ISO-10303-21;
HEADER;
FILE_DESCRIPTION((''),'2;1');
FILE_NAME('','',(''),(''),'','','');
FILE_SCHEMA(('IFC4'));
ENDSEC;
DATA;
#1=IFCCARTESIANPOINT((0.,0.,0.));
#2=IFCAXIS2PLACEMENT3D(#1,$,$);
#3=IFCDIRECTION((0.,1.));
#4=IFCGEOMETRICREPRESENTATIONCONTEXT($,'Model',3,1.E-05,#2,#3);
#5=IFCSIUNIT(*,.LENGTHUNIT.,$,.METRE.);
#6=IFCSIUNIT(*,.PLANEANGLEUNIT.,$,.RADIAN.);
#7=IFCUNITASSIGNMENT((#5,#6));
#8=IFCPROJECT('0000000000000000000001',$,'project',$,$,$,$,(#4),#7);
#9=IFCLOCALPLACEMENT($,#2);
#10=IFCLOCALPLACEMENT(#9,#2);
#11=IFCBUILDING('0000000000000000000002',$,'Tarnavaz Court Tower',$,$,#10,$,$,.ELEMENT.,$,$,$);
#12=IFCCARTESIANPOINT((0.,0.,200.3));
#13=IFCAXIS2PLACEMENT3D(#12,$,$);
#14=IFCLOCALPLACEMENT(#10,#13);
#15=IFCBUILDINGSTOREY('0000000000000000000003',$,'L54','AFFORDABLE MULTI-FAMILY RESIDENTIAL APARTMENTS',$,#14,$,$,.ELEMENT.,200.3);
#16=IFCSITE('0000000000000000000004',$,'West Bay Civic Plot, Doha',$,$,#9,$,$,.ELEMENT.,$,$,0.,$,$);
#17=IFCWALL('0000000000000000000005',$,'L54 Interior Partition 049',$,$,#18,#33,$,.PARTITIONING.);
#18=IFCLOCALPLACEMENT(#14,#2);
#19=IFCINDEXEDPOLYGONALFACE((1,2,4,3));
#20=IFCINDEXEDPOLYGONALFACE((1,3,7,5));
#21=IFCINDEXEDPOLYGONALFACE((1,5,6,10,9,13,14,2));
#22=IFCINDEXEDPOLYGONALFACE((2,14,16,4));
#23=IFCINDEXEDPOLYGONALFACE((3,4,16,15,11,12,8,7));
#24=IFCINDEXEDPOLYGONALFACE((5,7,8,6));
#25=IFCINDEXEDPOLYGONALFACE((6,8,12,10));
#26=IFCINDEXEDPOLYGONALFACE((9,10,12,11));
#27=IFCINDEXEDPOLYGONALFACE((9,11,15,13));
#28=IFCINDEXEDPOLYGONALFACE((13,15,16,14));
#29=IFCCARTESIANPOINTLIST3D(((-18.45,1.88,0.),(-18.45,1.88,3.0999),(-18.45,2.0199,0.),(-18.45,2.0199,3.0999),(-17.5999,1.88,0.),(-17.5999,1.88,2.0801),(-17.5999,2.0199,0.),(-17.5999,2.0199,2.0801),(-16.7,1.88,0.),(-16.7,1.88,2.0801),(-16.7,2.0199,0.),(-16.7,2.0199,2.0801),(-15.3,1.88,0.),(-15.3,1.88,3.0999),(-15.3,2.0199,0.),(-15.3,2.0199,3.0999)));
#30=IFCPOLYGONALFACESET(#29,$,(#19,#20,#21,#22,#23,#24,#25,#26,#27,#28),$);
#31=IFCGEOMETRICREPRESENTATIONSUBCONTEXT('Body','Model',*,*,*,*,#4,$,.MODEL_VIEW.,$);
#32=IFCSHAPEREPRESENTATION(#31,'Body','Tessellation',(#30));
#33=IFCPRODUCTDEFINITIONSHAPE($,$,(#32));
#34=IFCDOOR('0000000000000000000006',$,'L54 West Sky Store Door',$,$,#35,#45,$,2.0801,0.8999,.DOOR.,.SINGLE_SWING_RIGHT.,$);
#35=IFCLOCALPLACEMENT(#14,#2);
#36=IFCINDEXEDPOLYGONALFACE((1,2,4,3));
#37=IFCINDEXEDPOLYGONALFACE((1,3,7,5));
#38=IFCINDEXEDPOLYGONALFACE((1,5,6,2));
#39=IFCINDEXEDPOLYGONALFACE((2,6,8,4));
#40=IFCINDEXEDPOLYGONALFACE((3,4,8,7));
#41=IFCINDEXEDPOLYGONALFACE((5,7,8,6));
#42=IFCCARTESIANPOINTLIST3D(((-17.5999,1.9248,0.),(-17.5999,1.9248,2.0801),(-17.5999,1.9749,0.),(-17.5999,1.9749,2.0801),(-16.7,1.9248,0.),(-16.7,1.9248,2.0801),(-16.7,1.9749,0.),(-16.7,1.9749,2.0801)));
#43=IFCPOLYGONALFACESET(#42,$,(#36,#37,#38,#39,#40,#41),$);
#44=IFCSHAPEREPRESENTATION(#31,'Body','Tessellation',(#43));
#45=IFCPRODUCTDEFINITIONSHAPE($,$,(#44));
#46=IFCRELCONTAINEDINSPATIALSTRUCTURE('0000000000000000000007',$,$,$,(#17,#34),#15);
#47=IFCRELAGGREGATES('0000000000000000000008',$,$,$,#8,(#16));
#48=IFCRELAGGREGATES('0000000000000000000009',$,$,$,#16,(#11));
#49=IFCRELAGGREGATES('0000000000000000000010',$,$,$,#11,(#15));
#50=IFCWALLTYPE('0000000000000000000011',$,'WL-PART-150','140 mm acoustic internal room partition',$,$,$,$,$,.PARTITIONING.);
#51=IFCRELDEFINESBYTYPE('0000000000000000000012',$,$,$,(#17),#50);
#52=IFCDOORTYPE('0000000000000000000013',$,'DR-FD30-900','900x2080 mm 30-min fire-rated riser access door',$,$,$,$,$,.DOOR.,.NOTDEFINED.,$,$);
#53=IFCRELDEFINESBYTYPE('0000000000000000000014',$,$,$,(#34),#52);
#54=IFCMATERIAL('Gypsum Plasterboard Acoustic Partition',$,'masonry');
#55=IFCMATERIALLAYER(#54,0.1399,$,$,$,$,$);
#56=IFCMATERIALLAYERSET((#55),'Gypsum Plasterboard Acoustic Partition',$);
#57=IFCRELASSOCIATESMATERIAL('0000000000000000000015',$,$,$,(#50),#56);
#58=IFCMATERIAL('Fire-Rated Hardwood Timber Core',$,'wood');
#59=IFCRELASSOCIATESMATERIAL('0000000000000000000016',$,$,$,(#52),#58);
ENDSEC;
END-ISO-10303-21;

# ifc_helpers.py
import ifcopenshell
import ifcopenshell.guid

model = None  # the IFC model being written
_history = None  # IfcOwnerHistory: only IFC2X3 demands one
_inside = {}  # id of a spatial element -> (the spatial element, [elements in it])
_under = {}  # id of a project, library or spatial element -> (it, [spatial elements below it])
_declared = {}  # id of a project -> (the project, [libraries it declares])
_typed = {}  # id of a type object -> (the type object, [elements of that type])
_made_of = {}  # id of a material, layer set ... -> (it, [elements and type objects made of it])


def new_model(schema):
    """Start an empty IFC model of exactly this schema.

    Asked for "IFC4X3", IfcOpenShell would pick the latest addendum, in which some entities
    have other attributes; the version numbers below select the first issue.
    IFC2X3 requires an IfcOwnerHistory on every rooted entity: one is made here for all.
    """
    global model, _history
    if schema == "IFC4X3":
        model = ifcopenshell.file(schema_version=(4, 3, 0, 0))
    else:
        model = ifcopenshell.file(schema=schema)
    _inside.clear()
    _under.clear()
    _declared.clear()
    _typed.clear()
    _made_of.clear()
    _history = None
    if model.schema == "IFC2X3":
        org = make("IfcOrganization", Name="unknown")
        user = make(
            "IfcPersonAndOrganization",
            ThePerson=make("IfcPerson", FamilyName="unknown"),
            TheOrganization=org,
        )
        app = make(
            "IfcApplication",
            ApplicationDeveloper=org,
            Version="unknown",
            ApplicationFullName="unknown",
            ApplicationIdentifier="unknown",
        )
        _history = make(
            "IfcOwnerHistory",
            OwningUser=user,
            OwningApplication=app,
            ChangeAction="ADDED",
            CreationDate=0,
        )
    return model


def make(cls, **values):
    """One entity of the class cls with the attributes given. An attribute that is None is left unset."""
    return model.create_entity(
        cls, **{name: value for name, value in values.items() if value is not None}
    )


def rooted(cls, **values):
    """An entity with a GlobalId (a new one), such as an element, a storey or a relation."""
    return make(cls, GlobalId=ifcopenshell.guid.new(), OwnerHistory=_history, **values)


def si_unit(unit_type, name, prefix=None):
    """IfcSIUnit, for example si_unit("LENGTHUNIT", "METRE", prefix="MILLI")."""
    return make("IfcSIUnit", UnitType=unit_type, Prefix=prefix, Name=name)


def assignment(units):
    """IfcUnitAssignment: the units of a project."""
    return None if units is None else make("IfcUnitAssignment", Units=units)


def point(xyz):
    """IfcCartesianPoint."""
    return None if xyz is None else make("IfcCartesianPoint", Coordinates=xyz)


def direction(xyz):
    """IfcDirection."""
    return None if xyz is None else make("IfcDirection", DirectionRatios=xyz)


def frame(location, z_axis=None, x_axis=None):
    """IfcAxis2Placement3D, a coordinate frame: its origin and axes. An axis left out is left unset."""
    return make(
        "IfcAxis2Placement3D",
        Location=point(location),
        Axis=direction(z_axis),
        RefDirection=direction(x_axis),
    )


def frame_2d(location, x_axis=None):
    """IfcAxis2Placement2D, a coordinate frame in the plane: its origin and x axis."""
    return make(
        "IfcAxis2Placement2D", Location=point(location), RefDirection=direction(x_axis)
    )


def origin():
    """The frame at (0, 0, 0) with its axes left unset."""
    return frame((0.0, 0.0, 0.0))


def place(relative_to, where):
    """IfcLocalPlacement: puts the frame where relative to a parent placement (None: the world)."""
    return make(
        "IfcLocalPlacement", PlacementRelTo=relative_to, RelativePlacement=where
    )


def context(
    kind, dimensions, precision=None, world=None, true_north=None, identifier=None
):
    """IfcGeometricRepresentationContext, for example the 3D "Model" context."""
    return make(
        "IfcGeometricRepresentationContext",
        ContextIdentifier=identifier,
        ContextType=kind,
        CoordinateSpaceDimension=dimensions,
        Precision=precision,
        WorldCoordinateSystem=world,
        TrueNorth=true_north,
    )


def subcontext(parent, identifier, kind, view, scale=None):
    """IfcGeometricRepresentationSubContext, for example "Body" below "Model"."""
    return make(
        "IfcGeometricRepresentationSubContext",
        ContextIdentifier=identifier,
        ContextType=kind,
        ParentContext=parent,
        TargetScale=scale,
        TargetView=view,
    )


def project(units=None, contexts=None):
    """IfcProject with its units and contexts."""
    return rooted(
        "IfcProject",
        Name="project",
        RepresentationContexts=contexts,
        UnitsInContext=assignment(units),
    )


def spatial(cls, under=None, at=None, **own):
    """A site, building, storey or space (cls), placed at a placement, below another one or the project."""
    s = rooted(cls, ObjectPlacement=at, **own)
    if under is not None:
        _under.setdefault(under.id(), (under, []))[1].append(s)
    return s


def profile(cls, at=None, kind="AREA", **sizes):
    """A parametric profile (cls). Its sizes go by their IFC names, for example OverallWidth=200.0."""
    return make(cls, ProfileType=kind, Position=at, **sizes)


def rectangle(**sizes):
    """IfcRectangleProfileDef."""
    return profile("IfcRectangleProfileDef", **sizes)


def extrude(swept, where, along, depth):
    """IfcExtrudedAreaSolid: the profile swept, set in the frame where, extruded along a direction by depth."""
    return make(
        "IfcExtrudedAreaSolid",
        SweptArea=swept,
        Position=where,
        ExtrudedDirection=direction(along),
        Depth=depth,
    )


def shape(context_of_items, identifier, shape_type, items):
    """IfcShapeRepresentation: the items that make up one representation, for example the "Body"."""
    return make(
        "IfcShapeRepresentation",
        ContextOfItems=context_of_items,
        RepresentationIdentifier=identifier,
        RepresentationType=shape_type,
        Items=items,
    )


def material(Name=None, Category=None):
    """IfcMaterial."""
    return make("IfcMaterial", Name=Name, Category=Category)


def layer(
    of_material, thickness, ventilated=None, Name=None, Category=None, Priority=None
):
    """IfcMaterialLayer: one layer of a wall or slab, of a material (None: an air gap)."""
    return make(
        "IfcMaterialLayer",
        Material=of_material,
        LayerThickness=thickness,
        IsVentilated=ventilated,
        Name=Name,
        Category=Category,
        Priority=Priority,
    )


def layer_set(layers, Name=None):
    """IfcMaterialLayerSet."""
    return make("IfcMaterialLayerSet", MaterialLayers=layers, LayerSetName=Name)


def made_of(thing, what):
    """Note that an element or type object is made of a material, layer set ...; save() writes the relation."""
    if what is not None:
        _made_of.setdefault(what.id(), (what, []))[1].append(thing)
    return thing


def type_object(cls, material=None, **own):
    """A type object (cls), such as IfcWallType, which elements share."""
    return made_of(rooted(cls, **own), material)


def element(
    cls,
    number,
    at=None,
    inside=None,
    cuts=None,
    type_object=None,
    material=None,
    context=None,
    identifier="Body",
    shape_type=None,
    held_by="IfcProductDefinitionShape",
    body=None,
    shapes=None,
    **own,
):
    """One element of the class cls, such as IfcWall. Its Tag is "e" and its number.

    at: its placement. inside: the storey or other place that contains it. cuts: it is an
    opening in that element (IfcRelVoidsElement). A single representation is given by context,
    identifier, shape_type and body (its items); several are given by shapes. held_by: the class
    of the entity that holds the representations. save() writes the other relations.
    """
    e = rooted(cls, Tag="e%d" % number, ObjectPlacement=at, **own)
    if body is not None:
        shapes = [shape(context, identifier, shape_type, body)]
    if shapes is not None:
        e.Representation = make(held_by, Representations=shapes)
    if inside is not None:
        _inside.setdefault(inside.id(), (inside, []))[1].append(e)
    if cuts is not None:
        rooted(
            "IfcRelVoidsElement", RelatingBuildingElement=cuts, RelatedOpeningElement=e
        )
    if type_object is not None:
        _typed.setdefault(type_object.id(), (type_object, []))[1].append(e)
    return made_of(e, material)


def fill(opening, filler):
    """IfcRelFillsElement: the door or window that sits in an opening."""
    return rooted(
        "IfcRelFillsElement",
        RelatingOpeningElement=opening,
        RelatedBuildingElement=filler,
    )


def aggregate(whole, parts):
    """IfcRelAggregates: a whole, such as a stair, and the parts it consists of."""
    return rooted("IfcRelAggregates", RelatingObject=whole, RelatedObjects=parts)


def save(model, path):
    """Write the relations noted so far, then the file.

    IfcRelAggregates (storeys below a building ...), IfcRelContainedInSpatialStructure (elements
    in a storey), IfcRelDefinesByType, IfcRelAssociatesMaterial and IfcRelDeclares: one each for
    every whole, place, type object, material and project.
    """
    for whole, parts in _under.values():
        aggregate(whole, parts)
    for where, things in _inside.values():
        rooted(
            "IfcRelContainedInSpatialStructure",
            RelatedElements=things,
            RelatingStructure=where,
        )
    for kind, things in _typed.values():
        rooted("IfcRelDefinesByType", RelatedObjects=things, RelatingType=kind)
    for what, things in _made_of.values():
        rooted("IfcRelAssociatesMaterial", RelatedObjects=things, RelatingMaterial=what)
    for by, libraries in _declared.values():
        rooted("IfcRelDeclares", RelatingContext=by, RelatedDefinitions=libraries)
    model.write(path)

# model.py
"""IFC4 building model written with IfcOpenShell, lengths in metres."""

from ifc_helpers import new_model, si_unit, direction, frame, frame_2d, origin, place, context, subcontext, project, spatial, rectangle, extrude, material, layer, layer_set, type_object, element, fill, save


model = new_model("IFC4")

# Units and contexts
model_context = context("Model", 3, precision=1e-05, world=origin(), true_north=direction((0.0, 1.0)))
body_context = subcontext(model_context, "Body", "Model", "MODEL_VIEW")
ifc_project = project(units=[si_unit("LENGTHUNIT", "METRE"), si_unit("PLANEANGLEUNIT", "RADIAN")], contexts=[model_context])

# Site, building, storey
site_placement = place(None, origin())
site = spatial("IfcSite", under=ifc_project, at=site_placement, Name="West Bay Civic Plot, Doha", CompositionType="ELEMENT", RefElevation=0.0)
building_placement = place(site_placement, origin())
building = spatial("IfcBuilding", under=site, at=building_placement, Name="Tarnavaz Court Tower", CompositionType="ELEMENT")
storey_placement = place(building_placement, frame((0.0, 0.0, 200.3)))
storey = spatial("IfcBuildingStorey", under=building, at=storey_placement, Name="L54", Description="AFFORDABLE MULTI-FAMILY RESIDENTIAL APARTMENTS", CompositionType="ELEMENT", Elevation=200.3)

# Shared definitions
ifc_material_1 = material(Name="Fire-Rated Hardwood Timber Core", Category="wood")

# Wall, opening, door
ifc_material_2 = material(Name="Gypsum Plasterboard Acoustic Partition", Category="masonry")
ifc_layer_1 = layer(ifc_material_2, 0.1399)
ifc_layer_set_1 = layer_set([ifc_layer_1], Name="Gypsum Plasterboard Acoustic Partition")
wall_type_1 = type_object("IfcWallType", Name="WL-PART-150", Description="140 mm acoustic internal room partition", PredefinedType="PARTITIONING", material=ifc_layer_set_1)
wall_1_placement = place(storey_placement, frame((-18.45, 1.95, 0.0), z_axis=(0.0, 0.0, 1.0), x_axis=(1.0, 0.0, 0.0)))
wall_1 = element("IfcWall", 1, at=wall_1_placement, inside=storey, type_object=wall_type_1, Name="L54 Interior Partition 049", PredefinedType="PARTITIONING", context=body_context, shape_type="SweptSolid", body=[
    extrude(rectangle(XDim=3.1499, YDim=0.1399, at=frame_2d((1.575, 0.0))), origin(), (0.0, 0.0, 1.0), 3.0999),
])
opening_1_placement = place(wall_1_placement, frame((0.8501, 0.0, 0.0)))
opening_1 = element("IfcOpeningElement", 2, at=opening_1_placement, cuts=wall_1, PredefinedType="OPENING", context=body_context, shape_type="SweptSolid", body=[
    extrude(rectangle(XDim=0.8999, YDim=2.0801, at=frame_2d((0.45, 1.04))), frame((0.0, 0.0798, 0.0), z_axis=(0.0, -1.0, 0.0), x_axis=(1.0, 0.0, 0.0)), (0.0, 0.0, 1.0), 0.1599),
])
door_type_1 = type_object("IfcDoorType", Name="DR-FD30-900", Description="900x2080 mm 30-min fire-rated riser access door", OperationType="NOTDEFINED", PredefinedType="DOOR", material=ifc_material_1)
door_1_placement = place(opening_1_placement, origin())
door_1 = element("IfcDoor", 3, at=door_1_placement, inside=storey, type_object=door_type_1, Name="L54 West Sky Store Door", OperationType="SINGLE_SWING_RIGHT", OverallHeight=2.0801, OverallWidth=0.8999, PredefinedType="DOOR", context=body_context, shape_type="SweptSolid", body=[
    extrude(rectangle(XDim=0.8999, YDim=2.0801, at=frame_2d((0.45, 1.04))), frame((0.0, 0.0249, 0.0), z_axis=(0.0, -1.0, 0.0), x_axis=(1.0, 0.0, 0.0)), (0.0, 0.0, 1.0), 0.05),
])
fill(opening_1, door_1)

save(model, "model.ifc")
